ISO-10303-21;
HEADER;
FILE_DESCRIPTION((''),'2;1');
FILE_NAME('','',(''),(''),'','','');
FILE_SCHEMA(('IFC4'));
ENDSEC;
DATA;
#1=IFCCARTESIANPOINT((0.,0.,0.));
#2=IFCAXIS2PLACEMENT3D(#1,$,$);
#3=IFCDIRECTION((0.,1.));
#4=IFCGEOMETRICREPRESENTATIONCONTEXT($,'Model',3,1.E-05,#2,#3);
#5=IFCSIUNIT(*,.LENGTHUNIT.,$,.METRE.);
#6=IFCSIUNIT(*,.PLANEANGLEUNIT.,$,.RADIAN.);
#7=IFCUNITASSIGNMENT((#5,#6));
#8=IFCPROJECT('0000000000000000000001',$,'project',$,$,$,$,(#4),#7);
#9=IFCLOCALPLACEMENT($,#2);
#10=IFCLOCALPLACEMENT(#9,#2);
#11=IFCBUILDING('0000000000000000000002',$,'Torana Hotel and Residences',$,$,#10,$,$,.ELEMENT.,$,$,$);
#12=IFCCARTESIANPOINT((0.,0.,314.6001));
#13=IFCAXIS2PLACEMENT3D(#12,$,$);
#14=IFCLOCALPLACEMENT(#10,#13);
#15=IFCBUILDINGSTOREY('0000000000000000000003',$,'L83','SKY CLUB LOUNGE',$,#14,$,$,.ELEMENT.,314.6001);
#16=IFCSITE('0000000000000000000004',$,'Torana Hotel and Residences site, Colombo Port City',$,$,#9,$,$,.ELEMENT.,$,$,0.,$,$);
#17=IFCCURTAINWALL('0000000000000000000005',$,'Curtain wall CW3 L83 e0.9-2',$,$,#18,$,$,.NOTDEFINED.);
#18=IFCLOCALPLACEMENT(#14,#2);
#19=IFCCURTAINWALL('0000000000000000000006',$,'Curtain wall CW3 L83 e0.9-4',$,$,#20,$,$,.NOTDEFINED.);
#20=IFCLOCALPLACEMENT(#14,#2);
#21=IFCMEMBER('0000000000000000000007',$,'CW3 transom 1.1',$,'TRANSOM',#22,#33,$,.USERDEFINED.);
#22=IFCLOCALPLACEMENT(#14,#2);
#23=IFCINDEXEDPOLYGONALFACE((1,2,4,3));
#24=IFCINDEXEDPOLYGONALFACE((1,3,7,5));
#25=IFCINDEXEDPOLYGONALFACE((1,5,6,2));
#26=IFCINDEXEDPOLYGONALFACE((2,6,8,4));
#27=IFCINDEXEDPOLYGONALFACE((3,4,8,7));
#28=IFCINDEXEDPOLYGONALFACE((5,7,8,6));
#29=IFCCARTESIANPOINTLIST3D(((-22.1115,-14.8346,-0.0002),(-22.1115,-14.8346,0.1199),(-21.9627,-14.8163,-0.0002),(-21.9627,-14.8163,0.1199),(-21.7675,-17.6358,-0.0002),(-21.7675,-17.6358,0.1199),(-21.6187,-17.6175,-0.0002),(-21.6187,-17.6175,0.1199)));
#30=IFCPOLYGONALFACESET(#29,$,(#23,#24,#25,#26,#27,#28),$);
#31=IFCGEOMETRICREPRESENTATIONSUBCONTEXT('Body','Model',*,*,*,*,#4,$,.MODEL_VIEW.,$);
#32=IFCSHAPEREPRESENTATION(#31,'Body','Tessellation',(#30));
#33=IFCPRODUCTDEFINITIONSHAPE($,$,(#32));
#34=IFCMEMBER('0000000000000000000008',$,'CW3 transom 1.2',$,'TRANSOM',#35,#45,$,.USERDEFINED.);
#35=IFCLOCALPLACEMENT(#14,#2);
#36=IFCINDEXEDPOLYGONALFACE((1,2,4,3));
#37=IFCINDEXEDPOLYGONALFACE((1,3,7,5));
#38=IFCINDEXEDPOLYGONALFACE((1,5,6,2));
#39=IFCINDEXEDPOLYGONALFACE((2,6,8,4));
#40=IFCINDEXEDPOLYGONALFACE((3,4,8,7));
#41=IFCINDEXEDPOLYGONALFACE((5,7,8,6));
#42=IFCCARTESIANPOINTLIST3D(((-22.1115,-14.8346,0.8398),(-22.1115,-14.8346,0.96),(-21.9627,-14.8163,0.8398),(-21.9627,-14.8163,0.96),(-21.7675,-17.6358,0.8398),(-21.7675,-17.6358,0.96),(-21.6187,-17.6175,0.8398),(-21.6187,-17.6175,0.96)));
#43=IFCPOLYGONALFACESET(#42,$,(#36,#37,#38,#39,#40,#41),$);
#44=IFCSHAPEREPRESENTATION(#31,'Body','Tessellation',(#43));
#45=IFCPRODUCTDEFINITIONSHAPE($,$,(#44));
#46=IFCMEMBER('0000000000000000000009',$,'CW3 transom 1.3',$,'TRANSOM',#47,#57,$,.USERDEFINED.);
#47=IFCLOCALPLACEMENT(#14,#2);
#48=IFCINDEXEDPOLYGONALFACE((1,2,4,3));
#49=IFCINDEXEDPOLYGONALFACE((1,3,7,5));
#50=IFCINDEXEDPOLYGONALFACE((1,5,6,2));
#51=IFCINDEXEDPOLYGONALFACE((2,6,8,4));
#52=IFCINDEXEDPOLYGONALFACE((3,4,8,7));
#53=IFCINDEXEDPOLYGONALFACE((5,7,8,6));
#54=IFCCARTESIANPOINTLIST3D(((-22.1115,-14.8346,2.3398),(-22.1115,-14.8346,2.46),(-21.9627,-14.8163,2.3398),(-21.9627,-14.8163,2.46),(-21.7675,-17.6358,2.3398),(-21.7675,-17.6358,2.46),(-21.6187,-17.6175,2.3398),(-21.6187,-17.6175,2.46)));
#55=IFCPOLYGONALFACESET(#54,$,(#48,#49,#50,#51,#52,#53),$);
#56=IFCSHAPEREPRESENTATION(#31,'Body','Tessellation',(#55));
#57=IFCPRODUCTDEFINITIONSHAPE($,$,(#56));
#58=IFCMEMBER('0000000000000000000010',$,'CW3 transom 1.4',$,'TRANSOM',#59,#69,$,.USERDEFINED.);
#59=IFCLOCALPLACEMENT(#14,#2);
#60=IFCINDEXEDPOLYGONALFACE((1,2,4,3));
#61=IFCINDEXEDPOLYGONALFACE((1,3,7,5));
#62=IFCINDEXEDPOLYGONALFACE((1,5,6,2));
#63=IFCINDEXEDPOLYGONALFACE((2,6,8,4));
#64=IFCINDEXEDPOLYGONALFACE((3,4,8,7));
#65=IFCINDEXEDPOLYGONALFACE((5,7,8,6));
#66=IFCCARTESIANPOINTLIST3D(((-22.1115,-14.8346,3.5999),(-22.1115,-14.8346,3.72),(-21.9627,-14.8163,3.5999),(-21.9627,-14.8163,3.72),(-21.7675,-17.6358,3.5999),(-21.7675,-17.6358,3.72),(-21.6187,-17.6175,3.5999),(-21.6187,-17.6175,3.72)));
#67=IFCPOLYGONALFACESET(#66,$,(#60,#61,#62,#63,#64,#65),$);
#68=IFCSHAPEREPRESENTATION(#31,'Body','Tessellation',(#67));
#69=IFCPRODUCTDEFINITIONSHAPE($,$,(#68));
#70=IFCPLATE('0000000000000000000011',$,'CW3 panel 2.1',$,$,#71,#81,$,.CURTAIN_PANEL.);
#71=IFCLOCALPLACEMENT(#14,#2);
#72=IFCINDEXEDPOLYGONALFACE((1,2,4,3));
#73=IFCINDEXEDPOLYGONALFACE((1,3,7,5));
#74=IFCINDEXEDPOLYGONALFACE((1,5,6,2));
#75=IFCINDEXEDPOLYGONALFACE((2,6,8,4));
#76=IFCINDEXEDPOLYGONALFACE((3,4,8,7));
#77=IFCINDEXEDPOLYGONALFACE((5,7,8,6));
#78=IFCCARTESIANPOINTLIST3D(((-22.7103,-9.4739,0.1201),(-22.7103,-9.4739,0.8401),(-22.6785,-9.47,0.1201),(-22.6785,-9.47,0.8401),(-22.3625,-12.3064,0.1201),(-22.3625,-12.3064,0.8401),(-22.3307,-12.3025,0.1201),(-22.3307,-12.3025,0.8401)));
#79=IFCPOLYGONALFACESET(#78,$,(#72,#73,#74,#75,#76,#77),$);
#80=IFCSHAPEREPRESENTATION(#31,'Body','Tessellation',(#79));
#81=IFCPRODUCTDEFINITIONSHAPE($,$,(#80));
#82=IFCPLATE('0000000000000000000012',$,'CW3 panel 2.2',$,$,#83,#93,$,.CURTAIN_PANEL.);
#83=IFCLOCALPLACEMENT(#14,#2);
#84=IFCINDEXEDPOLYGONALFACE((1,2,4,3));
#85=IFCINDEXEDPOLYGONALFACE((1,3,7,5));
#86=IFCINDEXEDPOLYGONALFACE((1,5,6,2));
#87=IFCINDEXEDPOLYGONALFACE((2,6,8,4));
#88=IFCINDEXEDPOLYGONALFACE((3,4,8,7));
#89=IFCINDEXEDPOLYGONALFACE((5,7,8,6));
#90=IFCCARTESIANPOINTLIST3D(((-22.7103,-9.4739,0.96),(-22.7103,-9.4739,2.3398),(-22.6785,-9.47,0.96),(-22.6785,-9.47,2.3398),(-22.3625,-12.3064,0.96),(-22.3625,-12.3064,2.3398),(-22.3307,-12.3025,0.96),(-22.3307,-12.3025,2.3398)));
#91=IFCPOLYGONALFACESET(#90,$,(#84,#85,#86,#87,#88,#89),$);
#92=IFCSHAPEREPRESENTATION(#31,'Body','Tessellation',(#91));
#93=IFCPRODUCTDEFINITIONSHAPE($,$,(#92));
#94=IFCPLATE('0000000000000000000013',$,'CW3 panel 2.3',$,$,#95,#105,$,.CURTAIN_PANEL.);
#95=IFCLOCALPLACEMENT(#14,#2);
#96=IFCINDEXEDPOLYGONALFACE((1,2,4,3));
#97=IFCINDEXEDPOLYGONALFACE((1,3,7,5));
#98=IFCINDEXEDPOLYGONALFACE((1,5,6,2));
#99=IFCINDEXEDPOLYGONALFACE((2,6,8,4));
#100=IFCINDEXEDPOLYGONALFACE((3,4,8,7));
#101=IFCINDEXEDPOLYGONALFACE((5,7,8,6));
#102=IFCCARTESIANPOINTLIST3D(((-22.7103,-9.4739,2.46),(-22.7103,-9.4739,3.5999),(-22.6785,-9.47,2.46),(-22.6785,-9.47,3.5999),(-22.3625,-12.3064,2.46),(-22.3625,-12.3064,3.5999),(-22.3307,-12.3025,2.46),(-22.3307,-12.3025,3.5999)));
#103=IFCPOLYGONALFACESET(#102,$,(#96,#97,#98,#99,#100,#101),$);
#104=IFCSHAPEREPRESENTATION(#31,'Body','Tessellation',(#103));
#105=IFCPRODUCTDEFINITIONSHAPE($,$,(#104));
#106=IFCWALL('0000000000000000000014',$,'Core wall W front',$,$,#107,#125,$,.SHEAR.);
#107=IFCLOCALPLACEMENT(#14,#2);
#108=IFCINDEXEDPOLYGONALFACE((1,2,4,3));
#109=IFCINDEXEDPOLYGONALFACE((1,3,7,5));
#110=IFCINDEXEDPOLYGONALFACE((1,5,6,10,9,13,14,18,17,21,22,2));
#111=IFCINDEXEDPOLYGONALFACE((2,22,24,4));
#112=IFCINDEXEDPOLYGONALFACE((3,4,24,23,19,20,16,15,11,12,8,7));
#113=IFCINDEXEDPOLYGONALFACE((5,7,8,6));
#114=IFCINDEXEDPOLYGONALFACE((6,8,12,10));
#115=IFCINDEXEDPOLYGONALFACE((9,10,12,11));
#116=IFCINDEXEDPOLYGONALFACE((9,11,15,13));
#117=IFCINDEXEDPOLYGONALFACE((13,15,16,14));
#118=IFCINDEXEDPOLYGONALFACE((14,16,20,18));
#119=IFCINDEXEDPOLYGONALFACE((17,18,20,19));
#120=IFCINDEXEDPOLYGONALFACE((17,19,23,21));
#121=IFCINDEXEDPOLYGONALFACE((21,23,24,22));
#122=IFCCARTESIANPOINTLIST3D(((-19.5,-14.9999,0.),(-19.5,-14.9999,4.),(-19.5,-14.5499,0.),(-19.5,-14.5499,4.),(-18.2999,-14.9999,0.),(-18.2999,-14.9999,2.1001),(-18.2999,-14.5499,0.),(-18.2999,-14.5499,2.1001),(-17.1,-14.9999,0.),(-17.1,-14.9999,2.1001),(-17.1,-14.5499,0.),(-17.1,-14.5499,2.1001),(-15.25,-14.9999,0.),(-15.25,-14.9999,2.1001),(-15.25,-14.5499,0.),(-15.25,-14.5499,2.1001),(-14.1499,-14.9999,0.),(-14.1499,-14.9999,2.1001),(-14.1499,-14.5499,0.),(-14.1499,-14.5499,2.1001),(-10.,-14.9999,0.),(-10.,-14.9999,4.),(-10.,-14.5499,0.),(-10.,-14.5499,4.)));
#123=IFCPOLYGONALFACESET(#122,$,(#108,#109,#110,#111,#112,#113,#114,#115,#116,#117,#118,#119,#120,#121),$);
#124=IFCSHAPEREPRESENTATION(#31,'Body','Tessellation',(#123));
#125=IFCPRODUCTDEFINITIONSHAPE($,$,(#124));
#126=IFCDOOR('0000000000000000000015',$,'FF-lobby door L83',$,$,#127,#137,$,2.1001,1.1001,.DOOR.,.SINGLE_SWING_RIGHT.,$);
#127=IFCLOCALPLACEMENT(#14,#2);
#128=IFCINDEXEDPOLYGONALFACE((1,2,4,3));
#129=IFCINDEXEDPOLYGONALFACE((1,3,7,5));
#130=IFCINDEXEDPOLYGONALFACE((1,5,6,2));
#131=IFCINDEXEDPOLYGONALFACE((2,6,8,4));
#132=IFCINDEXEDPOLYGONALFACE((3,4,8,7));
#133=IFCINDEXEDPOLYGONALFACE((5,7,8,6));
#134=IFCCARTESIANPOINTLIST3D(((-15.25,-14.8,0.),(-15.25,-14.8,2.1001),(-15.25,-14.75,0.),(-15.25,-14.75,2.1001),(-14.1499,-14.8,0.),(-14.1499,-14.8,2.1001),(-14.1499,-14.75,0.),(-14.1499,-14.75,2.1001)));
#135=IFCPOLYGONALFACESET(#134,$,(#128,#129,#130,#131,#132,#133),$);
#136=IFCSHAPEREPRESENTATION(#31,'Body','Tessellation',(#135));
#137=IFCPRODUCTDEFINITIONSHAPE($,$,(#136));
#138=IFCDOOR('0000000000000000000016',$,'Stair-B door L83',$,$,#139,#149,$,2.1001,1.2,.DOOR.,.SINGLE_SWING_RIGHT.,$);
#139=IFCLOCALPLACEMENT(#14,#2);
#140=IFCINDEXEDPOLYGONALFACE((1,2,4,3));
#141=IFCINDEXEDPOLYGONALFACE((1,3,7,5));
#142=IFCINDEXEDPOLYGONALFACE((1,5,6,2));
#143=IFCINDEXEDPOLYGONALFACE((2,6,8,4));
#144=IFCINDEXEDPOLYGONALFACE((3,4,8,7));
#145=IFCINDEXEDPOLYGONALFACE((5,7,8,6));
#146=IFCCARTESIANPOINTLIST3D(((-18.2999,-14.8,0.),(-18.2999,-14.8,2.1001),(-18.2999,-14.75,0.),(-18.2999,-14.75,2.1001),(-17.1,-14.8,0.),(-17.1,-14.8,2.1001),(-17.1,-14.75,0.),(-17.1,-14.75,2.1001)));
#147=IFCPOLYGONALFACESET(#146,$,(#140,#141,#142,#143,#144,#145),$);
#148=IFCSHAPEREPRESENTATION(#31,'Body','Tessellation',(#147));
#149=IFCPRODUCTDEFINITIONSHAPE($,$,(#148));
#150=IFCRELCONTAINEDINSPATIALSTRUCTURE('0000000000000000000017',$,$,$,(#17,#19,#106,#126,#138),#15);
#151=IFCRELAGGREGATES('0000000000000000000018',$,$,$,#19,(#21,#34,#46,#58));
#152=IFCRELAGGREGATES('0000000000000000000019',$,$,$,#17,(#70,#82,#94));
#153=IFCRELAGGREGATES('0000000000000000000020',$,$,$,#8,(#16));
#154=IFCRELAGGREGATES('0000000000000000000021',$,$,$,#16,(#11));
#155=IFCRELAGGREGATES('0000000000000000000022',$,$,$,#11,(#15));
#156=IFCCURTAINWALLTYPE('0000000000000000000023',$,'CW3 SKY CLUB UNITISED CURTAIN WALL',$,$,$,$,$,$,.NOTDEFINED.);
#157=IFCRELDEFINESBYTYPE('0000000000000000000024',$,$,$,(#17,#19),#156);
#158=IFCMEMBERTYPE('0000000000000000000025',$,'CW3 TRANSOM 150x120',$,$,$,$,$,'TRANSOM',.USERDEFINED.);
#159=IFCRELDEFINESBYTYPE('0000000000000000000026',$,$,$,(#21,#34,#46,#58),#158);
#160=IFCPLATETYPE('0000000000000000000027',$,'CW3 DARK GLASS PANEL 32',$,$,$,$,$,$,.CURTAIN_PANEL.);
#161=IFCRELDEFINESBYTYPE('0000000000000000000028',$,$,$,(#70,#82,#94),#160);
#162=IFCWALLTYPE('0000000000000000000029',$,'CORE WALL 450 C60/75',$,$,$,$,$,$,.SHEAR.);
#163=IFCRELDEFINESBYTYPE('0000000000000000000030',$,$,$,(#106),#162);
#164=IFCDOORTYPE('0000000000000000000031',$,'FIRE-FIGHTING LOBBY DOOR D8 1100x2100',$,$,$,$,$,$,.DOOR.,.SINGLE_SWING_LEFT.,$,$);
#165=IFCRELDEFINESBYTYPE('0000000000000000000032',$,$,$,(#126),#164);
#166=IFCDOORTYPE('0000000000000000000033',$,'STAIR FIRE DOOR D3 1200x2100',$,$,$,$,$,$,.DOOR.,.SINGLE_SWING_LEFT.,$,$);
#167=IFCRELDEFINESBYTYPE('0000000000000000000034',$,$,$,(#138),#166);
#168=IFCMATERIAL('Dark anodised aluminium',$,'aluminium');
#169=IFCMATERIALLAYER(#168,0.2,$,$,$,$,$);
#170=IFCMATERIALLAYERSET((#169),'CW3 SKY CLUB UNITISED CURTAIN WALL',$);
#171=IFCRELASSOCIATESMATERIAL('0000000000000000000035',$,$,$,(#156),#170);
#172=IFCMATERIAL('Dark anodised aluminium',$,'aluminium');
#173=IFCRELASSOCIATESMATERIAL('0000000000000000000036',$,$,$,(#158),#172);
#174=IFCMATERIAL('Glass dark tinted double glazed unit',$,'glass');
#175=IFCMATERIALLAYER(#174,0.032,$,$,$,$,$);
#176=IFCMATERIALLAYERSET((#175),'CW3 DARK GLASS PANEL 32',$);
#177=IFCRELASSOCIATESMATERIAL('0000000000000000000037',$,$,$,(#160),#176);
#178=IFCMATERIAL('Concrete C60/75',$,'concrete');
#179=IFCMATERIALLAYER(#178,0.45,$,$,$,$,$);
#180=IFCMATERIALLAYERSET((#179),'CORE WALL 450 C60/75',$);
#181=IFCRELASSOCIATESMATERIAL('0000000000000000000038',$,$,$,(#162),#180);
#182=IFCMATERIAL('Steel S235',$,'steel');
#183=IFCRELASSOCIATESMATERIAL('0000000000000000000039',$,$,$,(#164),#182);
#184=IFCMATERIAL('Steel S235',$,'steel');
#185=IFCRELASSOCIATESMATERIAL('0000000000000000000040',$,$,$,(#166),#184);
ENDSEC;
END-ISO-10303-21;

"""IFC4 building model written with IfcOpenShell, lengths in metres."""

from ifc_helpers import new_model, si_unit, direction, frame, frame_2d, origin, origin_2d, place, context, subcontext, project, spatial, rectangle, extrude, material, layer, layer_set, material_profile, profile_set, type_object, element, fill, aggregate, save


model = new_model("IFC4")

# Units and contexts
model_context = context("Model", 3, precision=1e-05, world=origin(), true_north=direction((0.0, 1.0)))
body_context = subcontext(model_context, "Body", "Model", "MODEL_VIEW")
ifc_project = project(units=[si_unit("LENGTHUNIT", "METRE"), si_unit("PLANEANGLEUNIT", "RADIAN")], contexts=[model_context])

# Site, building, storey
site_placement = place(None, origin())
site = spatial("IfcSite", under=ifc_project, at=site_placement, Name="Torana Hotel and Residences site, Colombo Port City", CompositionType="ELEMENT", RefElevation=0.0)
building_placement = place(site_placement, origin())
building = spatial("IfcBuilding", under=site, at=building_placement, Name="Torana Hotel and Residences", CompositionType="ELEMENT")
storey_placement = place(building_placement, frame((0.0, 0.0, 314.6001)))
storey = spatial("IfcBuildingStorey", under=building, at=storey_placement, Name="L83", Description="SKY CLUB LOUNGE", CompositionType="ELEMENT", Elevation=314.6001)

# Curtain wall
ifc_material_1 = material(Name="Dark anodised aluminium", Category="aluminium")
ifc_layer_1 = layer(ifc_material_1, 0.2)
ifc_layer_set_1 = layer_set([ifc_layer_1], Name="CW3 SKY CLUB UNITISED CURTAIN WALL")
curtain_wall_type = type_object("IfcCurtainWallType", Name="CW3 SKY CLUB UNITISED CURTAIN WALL", PredefinedType="NOTDEFINED", material=ifc_layer_set_1)
curtain_wall_1_placement = place(storey_placement, origin())
curtain_wall_1 = element("IfcCurtainWall", 1, at=curtain_wall_1_placement, inside=storey, type_object=curtain_wall_type, Name="Curtain wall CW3 L83 e0.9-2", PredefinedType="NOTDEFINED")

# Curtain wall
curtain_wall_2_placement = place(storey_placement, origin())
curtain_wall_2 = element("IfcCurtainWall", 2, at=curtain_wall_2_placement, inside=storey, type_object=curtain_wall_type, Name="Curtain wall CW3 L83 e0.9-4", PredefinedType="NOTDEFINED")

# Members
ifc_material_2 = material(Name="Dark anodised aluminium", Category="aluminium")
ifc_material_profile_1 = material_profile(ifc_material_2, rectangle(XDim=0.1499, YDim=0.1201, at=origin_2d()), Name="CW3 TRANSOM 150x120")
ifc_profile_set_1 = profile_set([ifc_material_profile_1], Name="Dark anodised aluminium")
member_type_1 = type_object("IfcMemberType", Name="CW3 TRANSOM 150x120", ElementType="TRANSOM", PredefinedType="USERDEFINED", material=ifc_profile_set_1)
member_1_placement = place(storey_placement, frame((-22.0371, -14.8254, 0.0598), z_axis=(0.121884, -0.992544, 0.0), x_axis=(0.992544, 0.121884, 0.0)))
member_1 = element("IfcMember", 3, at=member_1_placement, type_object=member_type_1, Name="CW3 transom 1.1", ObjectType="TRANSOM", PredefinedType="USERDEFINED", context=body_context, shape_type="SweptSolid", body=[
    extrude(rectangle(XDim=0.1499, YDim=0.1201, at=origin_2d()), origin(), (0.0, 0.0, 1.0), 2.8223),
])
member_2_placement = place(storey_placement, frame((-22.0371, -14.8254, 0.8999), z_axis=(0.121884, -0.992544, 0.0), x_axis=(0.992544, 0.121884, 0.0)))
member_2 = element("IfcMember", 4, at=member_2_placement, type_object=member_type_1, Name="CW3 transom 1.2", ObjectType="TRANSOM", PredefinedType="USERDEFINED", context=body_context, shape_type="SweptSolid", body=[
    extrude(rectangle(XDim=0.1499, YDim=0.1201, at=origin_2d()), origin(), (0.0, 0.0, 1.0), 2.8223),
])
member_3_placement = place(storey_placement, frame((-22.0371, -14.8254, 2.3999), z_axis=(0.121884, -0.992544, 0.0), x_axis=(0.992544, 0.121884, 0.0)))
member_3 = element("IfcMember", 5, at=member_3_placement, type_object=member_type_1, Name="CW3 transom 1.3", ObjectType="TRANSOM", PredefinedType="USERDEFINED", context=body_context, shape_type="SweptSolid", body=[
    extrude(rectangle(XDim=0.1499, YDim=0.1201, at=origin_2d()), origin(), (0.0, 0.0, 1.0), 2.8223),
])
member_4_placement = place(storey_placement, frame((-22.0371, -14.8254, 3.6599), z_axis=(0.121884, -0.992544, 0.0), x_axis=(0.992544, 0.121884, 0.0)))
member_4 = element("IfcMember", 6, at=member_4_placement, type_object=member_type_1, Name="CW3 transom 1.4", ObjectType="TRANSOM", PredefinedType="USERDEFINED", context=body_context, shape_type="SweptSolid", body=[
    extrude(rectangle(XDim=0.1499, YDim=0.1201, at=origin_2d()), origin(), (0.0, 0.0, 1.0), 2.8223),
])
aggregate(curtain_wall_2, [member_1, member_2, member_3, member_4])

# Plates
ifc_material_3 = material(Name="Glass dark tinted double glazed unit", Category="glass")
ifc_layer_2 = layer(ifc_material_3, 0.032)
ifc_layer_set_2 = layer_set([ifc_layer_2], Name="CW3 DARK GLASS PANEL 32")
plate_type = type_object("IfcPlateType", Name="CW3 DARK GLASS PANEL 32", PredefinedType="CURTAIN_PANEL", material=ifc_layer_set_2)
plate_1_placement = place(storey_placement, frame((-22.5205, -10.8882, 0.1201), z_axis=(0.0, 0.0, 1.0), x_axis=(0.121876, -0.992545, 0.0)))
plate_1 = element("IfcPlate", 7, at=plate_1_placement, type_object=plate_type, Name="CW3 panel 2.1", PredefinedType="CURTAIN_PANEL", context=body_context, shape_type="SweptSolid", body=[
    extrude(rectangle(XDim=2.8538, YDim=0.032, at=origin_2d()), origin(), (0.0, 0.0, 1.0), 0.72),
])
plate_2_placement = place(storey_placement, frame((-22.5205, -10.8882, 0.96), z_axis=(0.0, 0.0, 1.0), x_axis=(0.121876, -0.992545, 0.0)))
plate_2 = element("IfcPlate", 8, at=plate_2_placement, type_object=plate_type, Name="CW3 panel 2.2", PredefinedType="CURTAIN_PANEL", context=body_context, shape_type="SweptSolid", body=[
    extrude(rectangle(XDim=2.8538, YDim=0.032, at=origin_2d()), origin(), (0.0, 0.0, 1.0), 1.3799),
])
plate_3_placement = place(storey_placement, frame((-22.5205, -10.8882, 2.46), z_axis=(0.0, 0.0, 1.0), x_axis=(0.121876, -0.992545, 0.0)))
plate_3 = element("IfcPlate", 9, at=plate_3_placement, type_object=plate_type, Name="CW3 panel 2.3", PredefinedType="CURTAIN_PANEL", context=body_context, shape_type="SweptSolid", body=[
    extrude(rectangle(XDim=2.8538, YDim=0.032, at=origin_2d()), origin(), (0.0, 0.0, 1.0), 1.1399),
])
aggregate(curtain_wall_1, [plate_1, plate_2, plate_3])

# Wall, openings, doors
ifc_material_4 = material(Name="Concrete C60/75", Category="concrete")
ifc_layer_3 = layer(ifc_material_4, 0.45)
ifc_layer_set_3 = layer_set([ifc_layer_3], Name="CORE WALL 450 C60/75")
wall_type_1 = type_object("IfcWallType", Name="CORE WALL 450 C60/75", PredefinedType="SHEAR", material=ifc_layer_set_3)
wall_1_placement = place(storey_placement, frame((-19.5, -14.7749, 0.0), z_axis=(0.0, 0.0, 1.0), x_axis=(1.0, 0.0, 0.0)))
wall_1 = element("IfcWall", 10, at=wall_1_placement, inside=storey, type_object=wall_type_1, Name="Core wall W front", PredefinedType="SHEAR", context=body_context, shape_type="SweptSolid", body=[
    extrude(rectangle(XDim=9.5, YDim=0.45, at=frame_2d((4.75, 0.0))), origin(), (0.0, 0.0, 1.0), 4.0),
])
opening_1_placement = place(wall_1_placement, frame((1.2, 0.0, 0.0)))
opening_1 = element("IfcOpeningElement", 11, at=opening_1_placement, cuts=wall_1, PredefinedType="OPENING", context=body_context, shape_type="SweptSolid", body=[
    extrude(rectangle(XDim=1.2, YDim=2.1001, at=frame_2d((0.6001, 1.05))), frame((0.0, 0.2349, 0.0), z_axis=(0.0, -1.0, 0.0), x_axis=(1.0, 0.0, 0.0)), (0.0, 0.0, 1.0), 0.47),
])
opening_2_placement = place(wall_1_placement, frame((4.25, 0.0, 0.0)))
opening_2 = element("IfcOpeningElement", 12, at=opening_2_placement, cuts=wall_1, PredefinedType="OPENING", context=body_context, shape_type="SweptSolid", body=[
    extrude(rectangle(XDim=1.1001, YDim=2.1001, at=frame_2d((0.55, 1.05))), frame((0.0, 0.2349, 0.0), z_axis=(0.0, -1.0, 0.0), x_axis=(1.0, 0.0, 0.0)), (0.0, 0.0, 1.0), 0.47),
])
ifc_material_5 = material(Name="Steel S235", Category="steel")
door_type_1 = type_object("IfcDoorType", Name="FIRE-FIGHTING LOBBY DOOR D8 1100x2100", OperationType="SINGLE_SWING_LEFT", PredefinedType="DOOR", material=ifc_material_5)
door_1_placement = place(opening_2_placement, origin())
door_1 = element("IfcDoor", 13, at=door_1_placement, inside=storey, type_object=door_type_1, Name="FF-lobby door L83", OperationType="SINGLE_SWING_RIGHT", OverallHeight=2.1001, OverallWidth=1.1001, PredefinedType="DOOR", context=body_context, shape_type="SweptSolid", body=[
    extrude(rectangle(XDim=1.1001, YDim=2.1001, at=frame_2d((0.55, 1.05))), frame((0.0, 0.0249, 0.0), z_axis=(0.0, -1.0, 0.0), x_axis=(1.0, 0.0, 0.0)), (0.0, 0.0, 1.0), 0.05),
])
fill(opening_2, door_1)
ifc_material_6 = material(Name="Steel S235", Category="steel")
door_type_2 = type_object("IfcDoorType", Name="STAIR FIRE DOOR D3 1200x2100", OperationType="SINGLE_SWING_LEFT", PredefinedType="DOOR", material=ifc_material_6)
door_2_placement = place(opening_1_placement, origin())
door_2 = element("IfcDoor", 14, at=door_2_placement, inside=storey, type_object=door_type_2, Name="Stair-B door L83", OperationType="SINGLE_SWING_RIGHT", OverallHeight=2.1001, OverallWidth=1.2, PredefinedType="DOOR", context=body_context, shape_type="SweptSolid", body=[
    extrude(rectangle(XDim=1.2, YDim=2.1001, at=frame_2d((0.6001, 1.05))), frame((0.0, 0.0249, 0.0), z_axis=(0.0, -1.0, 0.0), x_axis=(1.0, 0.0, 0.0)), (0.0, 0.0, 1.0), 0.05),
])
fill(opening_1, door_2)

save(model, "model.ifc")
